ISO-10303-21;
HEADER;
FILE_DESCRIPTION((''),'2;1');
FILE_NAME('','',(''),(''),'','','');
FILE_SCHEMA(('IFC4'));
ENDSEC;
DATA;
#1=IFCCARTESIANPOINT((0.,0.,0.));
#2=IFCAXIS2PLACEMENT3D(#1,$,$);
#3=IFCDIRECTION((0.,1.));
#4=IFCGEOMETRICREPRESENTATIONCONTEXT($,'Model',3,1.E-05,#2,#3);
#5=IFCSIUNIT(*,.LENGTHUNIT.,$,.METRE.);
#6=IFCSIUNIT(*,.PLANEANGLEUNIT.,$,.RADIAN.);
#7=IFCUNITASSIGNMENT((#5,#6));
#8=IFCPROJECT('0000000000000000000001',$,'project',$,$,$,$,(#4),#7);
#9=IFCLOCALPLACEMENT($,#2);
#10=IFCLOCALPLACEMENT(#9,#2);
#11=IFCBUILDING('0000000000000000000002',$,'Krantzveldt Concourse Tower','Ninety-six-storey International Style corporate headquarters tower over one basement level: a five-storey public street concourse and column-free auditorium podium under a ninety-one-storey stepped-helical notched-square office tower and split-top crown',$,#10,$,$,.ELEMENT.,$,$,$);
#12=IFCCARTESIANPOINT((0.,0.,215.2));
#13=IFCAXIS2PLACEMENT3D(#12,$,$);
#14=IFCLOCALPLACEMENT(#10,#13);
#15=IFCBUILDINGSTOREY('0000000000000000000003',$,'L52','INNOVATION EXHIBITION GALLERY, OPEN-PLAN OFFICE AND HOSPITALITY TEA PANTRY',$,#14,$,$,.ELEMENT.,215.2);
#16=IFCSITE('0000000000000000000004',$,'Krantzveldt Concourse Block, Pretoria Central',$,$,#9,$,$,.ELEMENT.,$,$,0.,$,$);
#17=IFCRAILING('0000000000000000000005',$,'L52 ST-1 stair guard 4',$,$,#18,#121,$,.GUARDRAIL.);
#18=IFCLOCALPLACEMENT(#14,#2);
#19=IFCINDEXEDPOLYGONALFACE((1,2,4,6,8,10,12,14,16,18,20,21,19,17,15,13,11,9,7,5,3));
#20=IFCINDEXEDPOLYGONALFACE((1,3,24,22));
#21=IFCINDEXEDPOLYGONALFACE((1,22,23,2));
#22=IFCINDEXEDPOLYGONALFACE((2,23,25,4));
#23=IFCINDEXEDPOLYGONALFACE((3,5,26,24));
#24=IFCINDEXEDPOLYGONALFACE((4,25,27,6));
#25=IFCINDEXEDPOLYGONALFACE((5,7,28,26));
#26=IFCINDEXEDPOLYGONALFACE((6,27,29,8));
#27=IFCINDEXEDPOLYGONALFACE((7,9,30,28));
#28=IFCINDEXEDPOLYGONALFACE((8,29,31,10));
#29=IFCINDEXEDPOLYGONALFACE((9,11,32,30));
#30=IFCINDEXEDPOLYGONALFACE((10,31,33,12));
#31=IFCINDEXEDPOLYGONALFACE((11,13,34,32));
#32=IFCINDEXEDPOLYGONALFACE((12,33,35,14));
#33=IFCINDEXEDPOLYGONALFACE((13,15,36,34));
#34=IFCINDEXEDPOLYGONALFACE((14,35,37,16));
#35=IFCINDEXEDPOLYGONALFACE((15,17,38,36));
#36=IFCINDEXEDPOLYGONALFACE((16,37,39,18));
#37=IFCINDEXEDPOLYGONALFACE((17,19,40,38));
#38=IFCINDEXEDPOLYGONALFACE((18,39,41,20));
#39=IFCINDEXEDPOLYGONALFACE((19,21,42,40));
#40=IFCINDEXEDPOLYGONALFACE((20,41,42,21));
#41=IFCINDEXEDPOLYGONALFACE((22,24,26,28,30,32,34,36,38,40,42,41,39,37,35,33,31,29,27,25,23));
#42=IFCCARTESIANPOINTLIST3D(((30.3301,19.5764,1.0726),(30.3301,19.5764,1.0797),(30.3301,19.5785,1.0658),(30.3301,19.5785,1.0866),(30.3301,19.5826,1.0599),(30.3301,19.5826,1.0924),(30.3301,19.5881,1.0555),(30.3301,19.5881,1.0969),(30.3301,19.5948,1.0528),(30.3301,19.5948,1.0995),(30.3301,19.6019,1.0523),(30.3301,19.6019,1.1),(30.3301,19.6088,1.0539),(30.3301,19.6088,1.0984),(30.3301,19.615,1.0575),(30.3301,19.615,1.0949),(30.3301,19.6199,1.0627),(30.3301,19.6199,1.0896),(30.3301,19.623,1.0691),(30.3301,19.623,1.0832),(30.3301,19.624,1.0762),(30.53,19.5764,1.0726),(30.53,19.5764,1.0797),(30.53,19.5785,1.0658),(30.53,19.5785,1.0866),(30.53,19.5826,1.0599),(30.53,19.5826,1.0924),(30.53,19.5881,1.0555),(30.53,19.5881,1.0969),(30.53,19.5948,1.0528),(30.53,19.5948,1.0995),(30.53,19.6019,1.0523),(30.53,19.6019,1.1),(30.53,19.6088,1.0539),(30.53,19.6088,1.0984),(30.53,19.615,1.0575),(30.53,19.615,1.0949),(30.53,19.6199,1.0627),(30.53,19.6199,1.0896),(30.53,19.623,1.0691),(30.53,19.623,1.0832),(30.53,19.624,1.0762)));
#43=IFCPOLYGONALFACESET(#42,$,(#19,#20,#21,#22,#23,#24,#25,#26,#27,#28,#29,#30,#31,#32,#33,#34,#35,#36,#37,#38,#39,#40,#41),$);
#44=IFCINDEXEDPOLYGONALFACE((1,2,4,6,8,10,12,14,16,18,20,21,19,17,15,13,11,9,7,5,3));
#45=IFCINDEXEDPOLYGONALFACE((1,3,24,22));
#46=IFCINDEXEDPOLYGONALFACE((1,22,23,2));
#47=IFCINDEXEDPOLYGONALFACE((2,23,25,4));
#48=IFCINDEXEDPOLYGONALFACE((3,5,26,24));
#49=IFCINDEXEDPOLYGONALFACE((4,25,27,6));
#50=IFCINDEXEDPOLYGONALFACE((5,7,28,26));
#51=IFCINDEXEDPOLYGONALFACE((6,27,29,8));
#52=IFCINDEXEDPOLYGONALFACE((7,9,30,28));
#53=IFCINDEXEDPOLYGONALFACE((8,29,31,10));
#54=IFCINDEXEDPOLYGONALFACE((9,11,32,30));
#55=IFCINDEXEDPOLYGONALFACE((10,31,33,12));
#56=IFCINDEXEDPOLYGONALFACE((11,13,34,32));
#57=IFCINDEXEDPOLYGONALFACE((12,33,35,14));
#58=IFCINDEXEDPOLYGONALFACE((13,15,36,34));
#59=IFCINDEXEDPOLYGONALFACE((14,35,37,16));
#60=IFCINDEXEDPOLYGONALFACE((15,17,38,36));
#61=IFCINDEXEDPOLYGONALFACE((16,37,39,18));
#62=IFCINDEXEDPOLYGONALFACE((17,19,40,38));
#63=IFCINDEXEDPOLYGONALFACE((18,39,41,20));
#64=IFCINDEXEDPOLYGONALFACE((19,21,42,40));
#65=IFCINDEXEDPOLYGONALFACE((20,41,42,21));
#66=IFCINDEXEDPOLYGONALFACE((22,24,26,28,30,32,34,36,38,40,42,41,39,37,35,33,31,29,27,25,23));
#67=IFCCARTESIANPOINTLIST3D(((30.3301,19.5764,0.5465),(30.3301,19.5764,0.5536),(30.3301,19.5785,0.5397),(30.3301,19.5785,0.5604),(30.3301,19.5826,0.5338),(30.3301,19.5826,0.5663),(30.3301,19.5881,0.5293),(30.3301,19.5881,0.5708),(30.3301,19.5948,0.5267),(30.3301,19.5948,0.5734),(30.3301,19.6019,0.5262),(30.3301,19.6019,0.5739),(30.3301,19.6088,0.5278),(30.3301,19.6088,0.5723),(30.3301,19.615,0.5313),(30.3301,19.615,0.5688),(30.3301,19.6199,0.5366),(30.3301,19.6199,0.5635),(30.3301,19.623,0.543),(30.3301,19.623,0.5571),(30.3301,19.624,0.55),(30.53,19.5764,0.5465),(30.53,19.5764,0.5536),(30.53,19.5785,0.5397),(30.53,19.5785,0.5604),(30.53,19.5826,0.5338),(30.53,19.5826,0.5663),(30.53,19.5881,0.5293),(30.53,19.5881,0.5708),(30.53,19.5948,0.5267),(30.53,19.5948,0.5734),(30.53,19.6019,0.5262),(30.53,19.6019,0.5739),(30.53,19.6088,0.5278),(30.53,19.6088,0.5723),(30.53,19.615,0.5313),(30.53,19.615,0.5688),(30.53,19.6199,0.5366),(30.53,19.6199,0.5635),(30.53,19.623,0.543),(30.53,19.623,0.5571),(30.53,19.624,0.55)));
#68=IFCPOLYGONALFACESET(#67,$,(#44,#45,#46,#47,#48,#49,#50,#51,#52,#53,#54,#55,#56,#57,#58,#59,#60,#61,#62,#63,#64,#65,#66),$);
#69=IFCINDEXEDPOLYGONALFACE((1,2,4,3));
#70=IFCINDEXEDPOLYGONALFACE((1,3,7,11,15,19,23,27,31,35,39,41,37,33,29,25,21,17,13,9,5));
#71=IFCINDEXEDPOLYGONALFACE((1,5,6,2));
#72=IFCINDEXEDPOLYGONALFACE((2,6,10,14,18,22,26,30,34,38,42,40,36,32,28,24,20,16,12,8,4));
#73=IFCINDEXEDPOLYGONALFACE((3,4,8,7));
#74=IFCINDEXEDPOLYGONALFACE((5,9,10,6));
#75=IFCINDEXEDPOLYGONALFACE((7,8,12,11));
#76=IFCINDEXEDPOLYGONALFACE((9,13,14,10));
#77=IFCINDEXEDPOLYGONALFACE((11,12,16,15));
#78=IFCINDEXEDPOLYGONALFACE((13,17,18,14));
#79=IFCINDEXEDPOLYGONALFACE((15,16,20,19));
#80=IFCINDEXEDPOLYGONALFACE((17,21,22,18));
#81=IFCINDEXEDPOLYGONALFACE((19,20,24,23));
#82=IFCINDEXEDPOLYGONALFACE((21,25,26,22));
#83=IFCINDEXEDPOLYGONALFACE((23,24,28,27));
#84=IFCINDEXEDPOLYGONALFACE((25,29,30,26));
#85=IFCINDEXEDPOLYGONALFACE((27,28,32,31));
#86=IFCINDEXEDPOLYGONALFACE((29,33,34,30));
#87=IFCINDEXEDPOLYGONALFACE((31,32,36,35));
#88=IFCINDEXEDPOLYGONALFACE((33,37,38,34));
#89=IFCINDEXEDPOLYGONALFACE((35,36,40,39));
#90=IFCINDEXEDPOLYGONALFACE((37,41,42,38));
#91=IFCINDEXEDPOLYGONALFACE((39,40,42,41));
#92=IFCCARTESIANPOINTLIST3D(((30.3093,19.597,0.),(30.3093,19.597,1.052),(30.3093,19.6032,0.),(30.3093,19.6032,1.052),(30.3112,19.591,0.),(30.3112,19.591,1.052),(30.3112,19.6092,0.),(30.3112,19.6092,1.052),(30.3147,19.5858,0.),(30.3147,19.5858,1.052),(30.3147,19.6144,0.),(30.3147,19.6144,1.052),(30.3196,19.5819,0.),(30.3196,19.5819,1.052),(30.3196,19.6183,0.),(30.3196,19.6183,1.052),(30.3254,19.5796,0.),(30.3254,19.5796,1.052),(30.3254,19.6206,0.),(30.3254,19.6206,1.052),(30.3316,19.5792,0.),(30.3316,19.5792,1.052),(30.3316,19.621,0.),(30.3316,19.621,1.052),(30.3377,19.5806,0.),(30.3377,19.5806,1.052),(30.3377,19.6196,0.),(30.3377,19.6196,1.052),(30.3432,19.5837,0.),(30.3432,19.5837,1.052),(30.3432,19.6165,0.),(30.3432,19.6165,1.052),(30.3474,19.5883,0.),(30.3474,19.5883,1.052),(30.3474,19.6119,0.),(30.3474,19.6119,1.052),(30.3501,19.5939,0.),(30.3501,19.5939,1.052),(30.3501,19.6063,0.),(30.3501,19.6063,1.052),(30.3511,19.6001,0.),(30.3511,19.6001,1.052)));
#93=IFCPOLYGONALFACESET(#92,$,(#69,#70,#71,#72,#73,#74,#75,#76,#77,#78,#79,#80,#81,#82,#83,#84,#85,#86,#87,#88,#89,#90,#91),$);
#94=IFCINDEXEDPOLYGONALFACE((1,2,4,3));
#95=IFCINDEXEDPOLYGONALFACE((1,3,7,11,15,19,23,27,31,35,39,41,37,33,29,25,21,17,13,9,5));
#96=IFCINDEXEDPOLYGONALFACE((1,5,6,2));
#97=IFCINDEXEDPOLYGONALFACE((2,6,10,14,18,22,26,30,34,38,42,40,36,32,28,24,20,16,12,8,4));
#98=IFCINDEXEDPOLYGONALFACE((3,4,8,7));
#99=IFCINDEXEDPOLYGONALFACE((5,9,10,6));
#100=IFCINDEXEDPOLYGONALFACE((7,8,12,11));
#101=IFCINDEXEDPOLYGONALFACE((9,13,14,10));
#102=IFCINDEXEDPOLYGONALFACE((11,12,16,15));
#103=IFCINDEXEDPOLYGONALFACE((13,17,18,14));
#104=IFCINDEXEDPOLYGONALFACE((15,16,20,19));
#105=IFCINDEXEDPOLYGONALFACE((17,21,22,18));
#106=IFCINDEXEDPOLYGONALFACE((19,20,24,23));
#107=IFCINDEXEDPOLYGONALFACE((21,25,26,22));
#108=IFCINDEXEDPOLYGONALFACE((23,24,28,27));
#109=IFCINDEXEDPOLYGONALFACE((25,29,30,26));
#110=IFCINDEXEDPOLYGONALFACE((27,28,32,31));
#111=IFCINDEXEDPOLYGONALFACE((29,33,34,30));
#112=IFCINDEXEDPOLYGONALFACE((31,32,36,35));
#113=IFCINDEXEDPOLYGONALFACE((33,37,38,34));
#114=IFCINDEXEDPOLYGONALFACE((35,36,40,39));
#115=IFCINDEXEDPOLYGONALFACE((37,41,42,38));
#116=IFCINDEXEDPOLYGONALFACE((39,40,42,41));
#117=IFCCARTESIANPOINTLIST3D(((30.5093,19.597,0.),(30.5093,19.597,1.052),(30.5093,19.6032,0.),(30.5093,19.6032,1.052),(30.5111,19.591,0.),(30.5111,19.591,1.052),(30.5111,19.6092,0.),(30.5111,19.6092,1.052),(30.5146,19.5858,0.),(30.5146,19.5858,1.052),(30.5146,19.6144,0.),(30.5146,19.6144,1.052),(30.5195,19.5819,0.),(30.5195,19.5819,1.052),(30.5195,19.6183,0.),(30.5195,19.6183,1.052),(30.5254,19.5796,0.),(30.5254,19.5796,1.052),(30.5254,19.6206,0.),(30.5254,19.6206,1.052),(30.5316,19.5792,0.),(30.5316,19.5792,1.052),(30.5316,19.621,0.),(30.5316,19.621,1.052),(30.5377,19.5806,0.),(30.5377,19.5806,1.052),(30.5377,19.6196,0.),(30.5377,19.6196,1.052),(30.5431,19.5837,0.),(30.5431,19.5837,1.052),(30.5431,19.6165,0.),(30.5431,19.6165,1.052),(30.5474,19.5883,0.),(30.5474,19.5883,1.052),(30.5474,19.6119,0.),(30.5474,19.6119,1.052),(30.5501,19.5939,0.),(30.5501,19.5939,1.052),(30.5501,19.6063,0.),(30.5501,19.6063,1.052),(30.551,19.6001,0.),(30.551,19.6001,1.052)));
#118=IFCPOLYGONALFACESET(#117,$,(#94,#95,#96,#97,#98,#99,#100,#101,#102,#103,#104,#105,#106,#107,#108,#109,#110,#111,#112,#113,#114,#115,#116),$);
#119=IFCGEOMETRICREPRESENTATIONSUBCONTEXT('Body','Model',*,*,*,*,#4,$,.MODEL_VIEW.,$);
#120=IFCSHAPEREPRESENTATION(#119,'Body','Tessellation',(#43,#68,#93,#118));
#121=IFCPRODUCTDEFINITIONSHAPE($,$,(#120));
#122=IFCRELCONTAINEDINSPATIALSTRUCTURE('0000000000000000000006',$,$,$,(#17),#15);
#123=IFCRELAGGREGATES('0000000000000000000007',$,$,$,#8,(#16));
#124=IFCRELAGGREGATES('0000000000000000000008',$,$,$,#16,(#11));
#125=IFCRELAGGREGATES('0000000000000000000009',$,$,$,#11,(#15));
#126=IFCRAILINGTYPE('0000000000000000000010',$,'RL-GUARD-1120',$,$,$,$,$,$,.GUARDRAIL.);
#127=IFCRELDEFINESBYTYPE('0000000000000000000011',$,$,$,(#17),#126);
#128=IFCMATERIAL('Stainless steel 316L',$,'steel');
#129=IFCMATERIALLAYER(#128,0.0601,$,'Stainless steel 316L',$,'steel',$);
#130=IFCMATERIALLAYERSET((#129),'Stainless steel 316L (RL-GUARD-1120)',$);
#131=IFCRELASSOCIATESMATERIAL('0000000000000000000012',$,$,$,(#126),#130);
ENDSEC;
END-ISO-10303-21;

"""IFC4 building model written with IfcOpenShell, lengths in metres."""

from ifc_helpers import new_model, si_unit, direction, frame, origin, origin_2d, place, context, subcontext, project, spatial, circle, extrude, material, layer, layer_set, type_object, element, save


model = new_model("IFC4")

# Units and contexts
model_context = context("Model", 3, precision=1e-05, world=origin(), true_north=direction((0.0, 1.0)))
body_context = subcontext(model_context, "Body", "Model", "MODEL_VIEW")
ifc_project = project(units=[si_unit("LENGTHUNIT", "METRE"), si_unit("PLANEANGLEUNIT", "RADIAN")], contexts=[model_context])

# Site, building, storey
site_placement = place(None, origin())
site = spatial("IfcSite", under=ifc_project, at=site_placement, Name="Krantzveldt Concourse Block, Pretoria Central", CompositionType="ELEMENT", RefElevation=0.0)
building_placement = place(site_placement, origin())
building = spatial("IfcBuilding", under=site, at=building_placement, Name="Krantzveldt Concourse Tower", Description="Ninety-six-storey International Style corporate headquarters tower over one basement level: a five-storey public street concourse and column-free auditorium podium under a ninety-one-storey stepped-helical notched-square office tower and split-top crown", CompositionType="ELEMENT")
storey_placement = place(building_placement, frame((0.0, 0.0, 215.2)))
storey = spatial("IfcBuildingStorey", under=building, at=storey_placement, Name="L52", Description="INNOVATION EXHIBITION GALLERY, OPEN-PLAN OFFICE AND HOSPITALITY TEA PANTRY", CompositionType="ELEMENT", Elevation=215.2)

# Shared definitions
ifc_material_1 = material(Name="Stainless steel 316L", Category="steel")

# Railing
ifc_layer_1 = layer(ifc_material_1, 0.0601, Name="Stainless steel 316L", Category="steel")
ifc_layer_set_1 = layer_set([ifc_layer_1], Name="Stainless steel 316L (RL-GUARD-1120)")
railing_type_1 = type_object("IfcRailingType", Name="RL-GUARD-1120", PredefinedType="GUARDRAIL", material=ifc_layer_set_1)
railing_1_placement = place(storey_placement, frame((30.3301, 19.6001, 0.0)))
element("IfcRailing", 1, at=railing_1_placement, inside=storey, type_object=railing_type_1, Name="L52 ST-1 stair guard 4", PredefinedType="GUARDRAIL", context=body_context, shape_type="SweptSolid", body=[
    extrude(circle(Radius=0.0239, at=origin_2d()), frame((0.0, 0.0, 1.0762), z_axis=(1.0, 0.0, 0.0), x_axis=(0.0, 1.0, 0.0)), (0.0, 0.0, 1.0), 0.2),
    extrude(circle(Radius=0.0239, at=origin_2d()), frame((0.0, 0.0, 0.55), z_axis=(1.0, 0.0, 0.0), x_axis=(0.0, 1.0, 0.0)), (0.0, 0.0, 1.0), 0.2),
    extrude(circle(Radius=0.021, at=origin_2d()), origin(), (0.0, 0.0, 1.0), 1.052),
    extrude(circle(Radius=0.021, at=origin_2d()), frame((0.2, 0.0, 0.0)), (0.0, 0.0, 1.0), 1.052),
])

save(model, "model.ifc")
